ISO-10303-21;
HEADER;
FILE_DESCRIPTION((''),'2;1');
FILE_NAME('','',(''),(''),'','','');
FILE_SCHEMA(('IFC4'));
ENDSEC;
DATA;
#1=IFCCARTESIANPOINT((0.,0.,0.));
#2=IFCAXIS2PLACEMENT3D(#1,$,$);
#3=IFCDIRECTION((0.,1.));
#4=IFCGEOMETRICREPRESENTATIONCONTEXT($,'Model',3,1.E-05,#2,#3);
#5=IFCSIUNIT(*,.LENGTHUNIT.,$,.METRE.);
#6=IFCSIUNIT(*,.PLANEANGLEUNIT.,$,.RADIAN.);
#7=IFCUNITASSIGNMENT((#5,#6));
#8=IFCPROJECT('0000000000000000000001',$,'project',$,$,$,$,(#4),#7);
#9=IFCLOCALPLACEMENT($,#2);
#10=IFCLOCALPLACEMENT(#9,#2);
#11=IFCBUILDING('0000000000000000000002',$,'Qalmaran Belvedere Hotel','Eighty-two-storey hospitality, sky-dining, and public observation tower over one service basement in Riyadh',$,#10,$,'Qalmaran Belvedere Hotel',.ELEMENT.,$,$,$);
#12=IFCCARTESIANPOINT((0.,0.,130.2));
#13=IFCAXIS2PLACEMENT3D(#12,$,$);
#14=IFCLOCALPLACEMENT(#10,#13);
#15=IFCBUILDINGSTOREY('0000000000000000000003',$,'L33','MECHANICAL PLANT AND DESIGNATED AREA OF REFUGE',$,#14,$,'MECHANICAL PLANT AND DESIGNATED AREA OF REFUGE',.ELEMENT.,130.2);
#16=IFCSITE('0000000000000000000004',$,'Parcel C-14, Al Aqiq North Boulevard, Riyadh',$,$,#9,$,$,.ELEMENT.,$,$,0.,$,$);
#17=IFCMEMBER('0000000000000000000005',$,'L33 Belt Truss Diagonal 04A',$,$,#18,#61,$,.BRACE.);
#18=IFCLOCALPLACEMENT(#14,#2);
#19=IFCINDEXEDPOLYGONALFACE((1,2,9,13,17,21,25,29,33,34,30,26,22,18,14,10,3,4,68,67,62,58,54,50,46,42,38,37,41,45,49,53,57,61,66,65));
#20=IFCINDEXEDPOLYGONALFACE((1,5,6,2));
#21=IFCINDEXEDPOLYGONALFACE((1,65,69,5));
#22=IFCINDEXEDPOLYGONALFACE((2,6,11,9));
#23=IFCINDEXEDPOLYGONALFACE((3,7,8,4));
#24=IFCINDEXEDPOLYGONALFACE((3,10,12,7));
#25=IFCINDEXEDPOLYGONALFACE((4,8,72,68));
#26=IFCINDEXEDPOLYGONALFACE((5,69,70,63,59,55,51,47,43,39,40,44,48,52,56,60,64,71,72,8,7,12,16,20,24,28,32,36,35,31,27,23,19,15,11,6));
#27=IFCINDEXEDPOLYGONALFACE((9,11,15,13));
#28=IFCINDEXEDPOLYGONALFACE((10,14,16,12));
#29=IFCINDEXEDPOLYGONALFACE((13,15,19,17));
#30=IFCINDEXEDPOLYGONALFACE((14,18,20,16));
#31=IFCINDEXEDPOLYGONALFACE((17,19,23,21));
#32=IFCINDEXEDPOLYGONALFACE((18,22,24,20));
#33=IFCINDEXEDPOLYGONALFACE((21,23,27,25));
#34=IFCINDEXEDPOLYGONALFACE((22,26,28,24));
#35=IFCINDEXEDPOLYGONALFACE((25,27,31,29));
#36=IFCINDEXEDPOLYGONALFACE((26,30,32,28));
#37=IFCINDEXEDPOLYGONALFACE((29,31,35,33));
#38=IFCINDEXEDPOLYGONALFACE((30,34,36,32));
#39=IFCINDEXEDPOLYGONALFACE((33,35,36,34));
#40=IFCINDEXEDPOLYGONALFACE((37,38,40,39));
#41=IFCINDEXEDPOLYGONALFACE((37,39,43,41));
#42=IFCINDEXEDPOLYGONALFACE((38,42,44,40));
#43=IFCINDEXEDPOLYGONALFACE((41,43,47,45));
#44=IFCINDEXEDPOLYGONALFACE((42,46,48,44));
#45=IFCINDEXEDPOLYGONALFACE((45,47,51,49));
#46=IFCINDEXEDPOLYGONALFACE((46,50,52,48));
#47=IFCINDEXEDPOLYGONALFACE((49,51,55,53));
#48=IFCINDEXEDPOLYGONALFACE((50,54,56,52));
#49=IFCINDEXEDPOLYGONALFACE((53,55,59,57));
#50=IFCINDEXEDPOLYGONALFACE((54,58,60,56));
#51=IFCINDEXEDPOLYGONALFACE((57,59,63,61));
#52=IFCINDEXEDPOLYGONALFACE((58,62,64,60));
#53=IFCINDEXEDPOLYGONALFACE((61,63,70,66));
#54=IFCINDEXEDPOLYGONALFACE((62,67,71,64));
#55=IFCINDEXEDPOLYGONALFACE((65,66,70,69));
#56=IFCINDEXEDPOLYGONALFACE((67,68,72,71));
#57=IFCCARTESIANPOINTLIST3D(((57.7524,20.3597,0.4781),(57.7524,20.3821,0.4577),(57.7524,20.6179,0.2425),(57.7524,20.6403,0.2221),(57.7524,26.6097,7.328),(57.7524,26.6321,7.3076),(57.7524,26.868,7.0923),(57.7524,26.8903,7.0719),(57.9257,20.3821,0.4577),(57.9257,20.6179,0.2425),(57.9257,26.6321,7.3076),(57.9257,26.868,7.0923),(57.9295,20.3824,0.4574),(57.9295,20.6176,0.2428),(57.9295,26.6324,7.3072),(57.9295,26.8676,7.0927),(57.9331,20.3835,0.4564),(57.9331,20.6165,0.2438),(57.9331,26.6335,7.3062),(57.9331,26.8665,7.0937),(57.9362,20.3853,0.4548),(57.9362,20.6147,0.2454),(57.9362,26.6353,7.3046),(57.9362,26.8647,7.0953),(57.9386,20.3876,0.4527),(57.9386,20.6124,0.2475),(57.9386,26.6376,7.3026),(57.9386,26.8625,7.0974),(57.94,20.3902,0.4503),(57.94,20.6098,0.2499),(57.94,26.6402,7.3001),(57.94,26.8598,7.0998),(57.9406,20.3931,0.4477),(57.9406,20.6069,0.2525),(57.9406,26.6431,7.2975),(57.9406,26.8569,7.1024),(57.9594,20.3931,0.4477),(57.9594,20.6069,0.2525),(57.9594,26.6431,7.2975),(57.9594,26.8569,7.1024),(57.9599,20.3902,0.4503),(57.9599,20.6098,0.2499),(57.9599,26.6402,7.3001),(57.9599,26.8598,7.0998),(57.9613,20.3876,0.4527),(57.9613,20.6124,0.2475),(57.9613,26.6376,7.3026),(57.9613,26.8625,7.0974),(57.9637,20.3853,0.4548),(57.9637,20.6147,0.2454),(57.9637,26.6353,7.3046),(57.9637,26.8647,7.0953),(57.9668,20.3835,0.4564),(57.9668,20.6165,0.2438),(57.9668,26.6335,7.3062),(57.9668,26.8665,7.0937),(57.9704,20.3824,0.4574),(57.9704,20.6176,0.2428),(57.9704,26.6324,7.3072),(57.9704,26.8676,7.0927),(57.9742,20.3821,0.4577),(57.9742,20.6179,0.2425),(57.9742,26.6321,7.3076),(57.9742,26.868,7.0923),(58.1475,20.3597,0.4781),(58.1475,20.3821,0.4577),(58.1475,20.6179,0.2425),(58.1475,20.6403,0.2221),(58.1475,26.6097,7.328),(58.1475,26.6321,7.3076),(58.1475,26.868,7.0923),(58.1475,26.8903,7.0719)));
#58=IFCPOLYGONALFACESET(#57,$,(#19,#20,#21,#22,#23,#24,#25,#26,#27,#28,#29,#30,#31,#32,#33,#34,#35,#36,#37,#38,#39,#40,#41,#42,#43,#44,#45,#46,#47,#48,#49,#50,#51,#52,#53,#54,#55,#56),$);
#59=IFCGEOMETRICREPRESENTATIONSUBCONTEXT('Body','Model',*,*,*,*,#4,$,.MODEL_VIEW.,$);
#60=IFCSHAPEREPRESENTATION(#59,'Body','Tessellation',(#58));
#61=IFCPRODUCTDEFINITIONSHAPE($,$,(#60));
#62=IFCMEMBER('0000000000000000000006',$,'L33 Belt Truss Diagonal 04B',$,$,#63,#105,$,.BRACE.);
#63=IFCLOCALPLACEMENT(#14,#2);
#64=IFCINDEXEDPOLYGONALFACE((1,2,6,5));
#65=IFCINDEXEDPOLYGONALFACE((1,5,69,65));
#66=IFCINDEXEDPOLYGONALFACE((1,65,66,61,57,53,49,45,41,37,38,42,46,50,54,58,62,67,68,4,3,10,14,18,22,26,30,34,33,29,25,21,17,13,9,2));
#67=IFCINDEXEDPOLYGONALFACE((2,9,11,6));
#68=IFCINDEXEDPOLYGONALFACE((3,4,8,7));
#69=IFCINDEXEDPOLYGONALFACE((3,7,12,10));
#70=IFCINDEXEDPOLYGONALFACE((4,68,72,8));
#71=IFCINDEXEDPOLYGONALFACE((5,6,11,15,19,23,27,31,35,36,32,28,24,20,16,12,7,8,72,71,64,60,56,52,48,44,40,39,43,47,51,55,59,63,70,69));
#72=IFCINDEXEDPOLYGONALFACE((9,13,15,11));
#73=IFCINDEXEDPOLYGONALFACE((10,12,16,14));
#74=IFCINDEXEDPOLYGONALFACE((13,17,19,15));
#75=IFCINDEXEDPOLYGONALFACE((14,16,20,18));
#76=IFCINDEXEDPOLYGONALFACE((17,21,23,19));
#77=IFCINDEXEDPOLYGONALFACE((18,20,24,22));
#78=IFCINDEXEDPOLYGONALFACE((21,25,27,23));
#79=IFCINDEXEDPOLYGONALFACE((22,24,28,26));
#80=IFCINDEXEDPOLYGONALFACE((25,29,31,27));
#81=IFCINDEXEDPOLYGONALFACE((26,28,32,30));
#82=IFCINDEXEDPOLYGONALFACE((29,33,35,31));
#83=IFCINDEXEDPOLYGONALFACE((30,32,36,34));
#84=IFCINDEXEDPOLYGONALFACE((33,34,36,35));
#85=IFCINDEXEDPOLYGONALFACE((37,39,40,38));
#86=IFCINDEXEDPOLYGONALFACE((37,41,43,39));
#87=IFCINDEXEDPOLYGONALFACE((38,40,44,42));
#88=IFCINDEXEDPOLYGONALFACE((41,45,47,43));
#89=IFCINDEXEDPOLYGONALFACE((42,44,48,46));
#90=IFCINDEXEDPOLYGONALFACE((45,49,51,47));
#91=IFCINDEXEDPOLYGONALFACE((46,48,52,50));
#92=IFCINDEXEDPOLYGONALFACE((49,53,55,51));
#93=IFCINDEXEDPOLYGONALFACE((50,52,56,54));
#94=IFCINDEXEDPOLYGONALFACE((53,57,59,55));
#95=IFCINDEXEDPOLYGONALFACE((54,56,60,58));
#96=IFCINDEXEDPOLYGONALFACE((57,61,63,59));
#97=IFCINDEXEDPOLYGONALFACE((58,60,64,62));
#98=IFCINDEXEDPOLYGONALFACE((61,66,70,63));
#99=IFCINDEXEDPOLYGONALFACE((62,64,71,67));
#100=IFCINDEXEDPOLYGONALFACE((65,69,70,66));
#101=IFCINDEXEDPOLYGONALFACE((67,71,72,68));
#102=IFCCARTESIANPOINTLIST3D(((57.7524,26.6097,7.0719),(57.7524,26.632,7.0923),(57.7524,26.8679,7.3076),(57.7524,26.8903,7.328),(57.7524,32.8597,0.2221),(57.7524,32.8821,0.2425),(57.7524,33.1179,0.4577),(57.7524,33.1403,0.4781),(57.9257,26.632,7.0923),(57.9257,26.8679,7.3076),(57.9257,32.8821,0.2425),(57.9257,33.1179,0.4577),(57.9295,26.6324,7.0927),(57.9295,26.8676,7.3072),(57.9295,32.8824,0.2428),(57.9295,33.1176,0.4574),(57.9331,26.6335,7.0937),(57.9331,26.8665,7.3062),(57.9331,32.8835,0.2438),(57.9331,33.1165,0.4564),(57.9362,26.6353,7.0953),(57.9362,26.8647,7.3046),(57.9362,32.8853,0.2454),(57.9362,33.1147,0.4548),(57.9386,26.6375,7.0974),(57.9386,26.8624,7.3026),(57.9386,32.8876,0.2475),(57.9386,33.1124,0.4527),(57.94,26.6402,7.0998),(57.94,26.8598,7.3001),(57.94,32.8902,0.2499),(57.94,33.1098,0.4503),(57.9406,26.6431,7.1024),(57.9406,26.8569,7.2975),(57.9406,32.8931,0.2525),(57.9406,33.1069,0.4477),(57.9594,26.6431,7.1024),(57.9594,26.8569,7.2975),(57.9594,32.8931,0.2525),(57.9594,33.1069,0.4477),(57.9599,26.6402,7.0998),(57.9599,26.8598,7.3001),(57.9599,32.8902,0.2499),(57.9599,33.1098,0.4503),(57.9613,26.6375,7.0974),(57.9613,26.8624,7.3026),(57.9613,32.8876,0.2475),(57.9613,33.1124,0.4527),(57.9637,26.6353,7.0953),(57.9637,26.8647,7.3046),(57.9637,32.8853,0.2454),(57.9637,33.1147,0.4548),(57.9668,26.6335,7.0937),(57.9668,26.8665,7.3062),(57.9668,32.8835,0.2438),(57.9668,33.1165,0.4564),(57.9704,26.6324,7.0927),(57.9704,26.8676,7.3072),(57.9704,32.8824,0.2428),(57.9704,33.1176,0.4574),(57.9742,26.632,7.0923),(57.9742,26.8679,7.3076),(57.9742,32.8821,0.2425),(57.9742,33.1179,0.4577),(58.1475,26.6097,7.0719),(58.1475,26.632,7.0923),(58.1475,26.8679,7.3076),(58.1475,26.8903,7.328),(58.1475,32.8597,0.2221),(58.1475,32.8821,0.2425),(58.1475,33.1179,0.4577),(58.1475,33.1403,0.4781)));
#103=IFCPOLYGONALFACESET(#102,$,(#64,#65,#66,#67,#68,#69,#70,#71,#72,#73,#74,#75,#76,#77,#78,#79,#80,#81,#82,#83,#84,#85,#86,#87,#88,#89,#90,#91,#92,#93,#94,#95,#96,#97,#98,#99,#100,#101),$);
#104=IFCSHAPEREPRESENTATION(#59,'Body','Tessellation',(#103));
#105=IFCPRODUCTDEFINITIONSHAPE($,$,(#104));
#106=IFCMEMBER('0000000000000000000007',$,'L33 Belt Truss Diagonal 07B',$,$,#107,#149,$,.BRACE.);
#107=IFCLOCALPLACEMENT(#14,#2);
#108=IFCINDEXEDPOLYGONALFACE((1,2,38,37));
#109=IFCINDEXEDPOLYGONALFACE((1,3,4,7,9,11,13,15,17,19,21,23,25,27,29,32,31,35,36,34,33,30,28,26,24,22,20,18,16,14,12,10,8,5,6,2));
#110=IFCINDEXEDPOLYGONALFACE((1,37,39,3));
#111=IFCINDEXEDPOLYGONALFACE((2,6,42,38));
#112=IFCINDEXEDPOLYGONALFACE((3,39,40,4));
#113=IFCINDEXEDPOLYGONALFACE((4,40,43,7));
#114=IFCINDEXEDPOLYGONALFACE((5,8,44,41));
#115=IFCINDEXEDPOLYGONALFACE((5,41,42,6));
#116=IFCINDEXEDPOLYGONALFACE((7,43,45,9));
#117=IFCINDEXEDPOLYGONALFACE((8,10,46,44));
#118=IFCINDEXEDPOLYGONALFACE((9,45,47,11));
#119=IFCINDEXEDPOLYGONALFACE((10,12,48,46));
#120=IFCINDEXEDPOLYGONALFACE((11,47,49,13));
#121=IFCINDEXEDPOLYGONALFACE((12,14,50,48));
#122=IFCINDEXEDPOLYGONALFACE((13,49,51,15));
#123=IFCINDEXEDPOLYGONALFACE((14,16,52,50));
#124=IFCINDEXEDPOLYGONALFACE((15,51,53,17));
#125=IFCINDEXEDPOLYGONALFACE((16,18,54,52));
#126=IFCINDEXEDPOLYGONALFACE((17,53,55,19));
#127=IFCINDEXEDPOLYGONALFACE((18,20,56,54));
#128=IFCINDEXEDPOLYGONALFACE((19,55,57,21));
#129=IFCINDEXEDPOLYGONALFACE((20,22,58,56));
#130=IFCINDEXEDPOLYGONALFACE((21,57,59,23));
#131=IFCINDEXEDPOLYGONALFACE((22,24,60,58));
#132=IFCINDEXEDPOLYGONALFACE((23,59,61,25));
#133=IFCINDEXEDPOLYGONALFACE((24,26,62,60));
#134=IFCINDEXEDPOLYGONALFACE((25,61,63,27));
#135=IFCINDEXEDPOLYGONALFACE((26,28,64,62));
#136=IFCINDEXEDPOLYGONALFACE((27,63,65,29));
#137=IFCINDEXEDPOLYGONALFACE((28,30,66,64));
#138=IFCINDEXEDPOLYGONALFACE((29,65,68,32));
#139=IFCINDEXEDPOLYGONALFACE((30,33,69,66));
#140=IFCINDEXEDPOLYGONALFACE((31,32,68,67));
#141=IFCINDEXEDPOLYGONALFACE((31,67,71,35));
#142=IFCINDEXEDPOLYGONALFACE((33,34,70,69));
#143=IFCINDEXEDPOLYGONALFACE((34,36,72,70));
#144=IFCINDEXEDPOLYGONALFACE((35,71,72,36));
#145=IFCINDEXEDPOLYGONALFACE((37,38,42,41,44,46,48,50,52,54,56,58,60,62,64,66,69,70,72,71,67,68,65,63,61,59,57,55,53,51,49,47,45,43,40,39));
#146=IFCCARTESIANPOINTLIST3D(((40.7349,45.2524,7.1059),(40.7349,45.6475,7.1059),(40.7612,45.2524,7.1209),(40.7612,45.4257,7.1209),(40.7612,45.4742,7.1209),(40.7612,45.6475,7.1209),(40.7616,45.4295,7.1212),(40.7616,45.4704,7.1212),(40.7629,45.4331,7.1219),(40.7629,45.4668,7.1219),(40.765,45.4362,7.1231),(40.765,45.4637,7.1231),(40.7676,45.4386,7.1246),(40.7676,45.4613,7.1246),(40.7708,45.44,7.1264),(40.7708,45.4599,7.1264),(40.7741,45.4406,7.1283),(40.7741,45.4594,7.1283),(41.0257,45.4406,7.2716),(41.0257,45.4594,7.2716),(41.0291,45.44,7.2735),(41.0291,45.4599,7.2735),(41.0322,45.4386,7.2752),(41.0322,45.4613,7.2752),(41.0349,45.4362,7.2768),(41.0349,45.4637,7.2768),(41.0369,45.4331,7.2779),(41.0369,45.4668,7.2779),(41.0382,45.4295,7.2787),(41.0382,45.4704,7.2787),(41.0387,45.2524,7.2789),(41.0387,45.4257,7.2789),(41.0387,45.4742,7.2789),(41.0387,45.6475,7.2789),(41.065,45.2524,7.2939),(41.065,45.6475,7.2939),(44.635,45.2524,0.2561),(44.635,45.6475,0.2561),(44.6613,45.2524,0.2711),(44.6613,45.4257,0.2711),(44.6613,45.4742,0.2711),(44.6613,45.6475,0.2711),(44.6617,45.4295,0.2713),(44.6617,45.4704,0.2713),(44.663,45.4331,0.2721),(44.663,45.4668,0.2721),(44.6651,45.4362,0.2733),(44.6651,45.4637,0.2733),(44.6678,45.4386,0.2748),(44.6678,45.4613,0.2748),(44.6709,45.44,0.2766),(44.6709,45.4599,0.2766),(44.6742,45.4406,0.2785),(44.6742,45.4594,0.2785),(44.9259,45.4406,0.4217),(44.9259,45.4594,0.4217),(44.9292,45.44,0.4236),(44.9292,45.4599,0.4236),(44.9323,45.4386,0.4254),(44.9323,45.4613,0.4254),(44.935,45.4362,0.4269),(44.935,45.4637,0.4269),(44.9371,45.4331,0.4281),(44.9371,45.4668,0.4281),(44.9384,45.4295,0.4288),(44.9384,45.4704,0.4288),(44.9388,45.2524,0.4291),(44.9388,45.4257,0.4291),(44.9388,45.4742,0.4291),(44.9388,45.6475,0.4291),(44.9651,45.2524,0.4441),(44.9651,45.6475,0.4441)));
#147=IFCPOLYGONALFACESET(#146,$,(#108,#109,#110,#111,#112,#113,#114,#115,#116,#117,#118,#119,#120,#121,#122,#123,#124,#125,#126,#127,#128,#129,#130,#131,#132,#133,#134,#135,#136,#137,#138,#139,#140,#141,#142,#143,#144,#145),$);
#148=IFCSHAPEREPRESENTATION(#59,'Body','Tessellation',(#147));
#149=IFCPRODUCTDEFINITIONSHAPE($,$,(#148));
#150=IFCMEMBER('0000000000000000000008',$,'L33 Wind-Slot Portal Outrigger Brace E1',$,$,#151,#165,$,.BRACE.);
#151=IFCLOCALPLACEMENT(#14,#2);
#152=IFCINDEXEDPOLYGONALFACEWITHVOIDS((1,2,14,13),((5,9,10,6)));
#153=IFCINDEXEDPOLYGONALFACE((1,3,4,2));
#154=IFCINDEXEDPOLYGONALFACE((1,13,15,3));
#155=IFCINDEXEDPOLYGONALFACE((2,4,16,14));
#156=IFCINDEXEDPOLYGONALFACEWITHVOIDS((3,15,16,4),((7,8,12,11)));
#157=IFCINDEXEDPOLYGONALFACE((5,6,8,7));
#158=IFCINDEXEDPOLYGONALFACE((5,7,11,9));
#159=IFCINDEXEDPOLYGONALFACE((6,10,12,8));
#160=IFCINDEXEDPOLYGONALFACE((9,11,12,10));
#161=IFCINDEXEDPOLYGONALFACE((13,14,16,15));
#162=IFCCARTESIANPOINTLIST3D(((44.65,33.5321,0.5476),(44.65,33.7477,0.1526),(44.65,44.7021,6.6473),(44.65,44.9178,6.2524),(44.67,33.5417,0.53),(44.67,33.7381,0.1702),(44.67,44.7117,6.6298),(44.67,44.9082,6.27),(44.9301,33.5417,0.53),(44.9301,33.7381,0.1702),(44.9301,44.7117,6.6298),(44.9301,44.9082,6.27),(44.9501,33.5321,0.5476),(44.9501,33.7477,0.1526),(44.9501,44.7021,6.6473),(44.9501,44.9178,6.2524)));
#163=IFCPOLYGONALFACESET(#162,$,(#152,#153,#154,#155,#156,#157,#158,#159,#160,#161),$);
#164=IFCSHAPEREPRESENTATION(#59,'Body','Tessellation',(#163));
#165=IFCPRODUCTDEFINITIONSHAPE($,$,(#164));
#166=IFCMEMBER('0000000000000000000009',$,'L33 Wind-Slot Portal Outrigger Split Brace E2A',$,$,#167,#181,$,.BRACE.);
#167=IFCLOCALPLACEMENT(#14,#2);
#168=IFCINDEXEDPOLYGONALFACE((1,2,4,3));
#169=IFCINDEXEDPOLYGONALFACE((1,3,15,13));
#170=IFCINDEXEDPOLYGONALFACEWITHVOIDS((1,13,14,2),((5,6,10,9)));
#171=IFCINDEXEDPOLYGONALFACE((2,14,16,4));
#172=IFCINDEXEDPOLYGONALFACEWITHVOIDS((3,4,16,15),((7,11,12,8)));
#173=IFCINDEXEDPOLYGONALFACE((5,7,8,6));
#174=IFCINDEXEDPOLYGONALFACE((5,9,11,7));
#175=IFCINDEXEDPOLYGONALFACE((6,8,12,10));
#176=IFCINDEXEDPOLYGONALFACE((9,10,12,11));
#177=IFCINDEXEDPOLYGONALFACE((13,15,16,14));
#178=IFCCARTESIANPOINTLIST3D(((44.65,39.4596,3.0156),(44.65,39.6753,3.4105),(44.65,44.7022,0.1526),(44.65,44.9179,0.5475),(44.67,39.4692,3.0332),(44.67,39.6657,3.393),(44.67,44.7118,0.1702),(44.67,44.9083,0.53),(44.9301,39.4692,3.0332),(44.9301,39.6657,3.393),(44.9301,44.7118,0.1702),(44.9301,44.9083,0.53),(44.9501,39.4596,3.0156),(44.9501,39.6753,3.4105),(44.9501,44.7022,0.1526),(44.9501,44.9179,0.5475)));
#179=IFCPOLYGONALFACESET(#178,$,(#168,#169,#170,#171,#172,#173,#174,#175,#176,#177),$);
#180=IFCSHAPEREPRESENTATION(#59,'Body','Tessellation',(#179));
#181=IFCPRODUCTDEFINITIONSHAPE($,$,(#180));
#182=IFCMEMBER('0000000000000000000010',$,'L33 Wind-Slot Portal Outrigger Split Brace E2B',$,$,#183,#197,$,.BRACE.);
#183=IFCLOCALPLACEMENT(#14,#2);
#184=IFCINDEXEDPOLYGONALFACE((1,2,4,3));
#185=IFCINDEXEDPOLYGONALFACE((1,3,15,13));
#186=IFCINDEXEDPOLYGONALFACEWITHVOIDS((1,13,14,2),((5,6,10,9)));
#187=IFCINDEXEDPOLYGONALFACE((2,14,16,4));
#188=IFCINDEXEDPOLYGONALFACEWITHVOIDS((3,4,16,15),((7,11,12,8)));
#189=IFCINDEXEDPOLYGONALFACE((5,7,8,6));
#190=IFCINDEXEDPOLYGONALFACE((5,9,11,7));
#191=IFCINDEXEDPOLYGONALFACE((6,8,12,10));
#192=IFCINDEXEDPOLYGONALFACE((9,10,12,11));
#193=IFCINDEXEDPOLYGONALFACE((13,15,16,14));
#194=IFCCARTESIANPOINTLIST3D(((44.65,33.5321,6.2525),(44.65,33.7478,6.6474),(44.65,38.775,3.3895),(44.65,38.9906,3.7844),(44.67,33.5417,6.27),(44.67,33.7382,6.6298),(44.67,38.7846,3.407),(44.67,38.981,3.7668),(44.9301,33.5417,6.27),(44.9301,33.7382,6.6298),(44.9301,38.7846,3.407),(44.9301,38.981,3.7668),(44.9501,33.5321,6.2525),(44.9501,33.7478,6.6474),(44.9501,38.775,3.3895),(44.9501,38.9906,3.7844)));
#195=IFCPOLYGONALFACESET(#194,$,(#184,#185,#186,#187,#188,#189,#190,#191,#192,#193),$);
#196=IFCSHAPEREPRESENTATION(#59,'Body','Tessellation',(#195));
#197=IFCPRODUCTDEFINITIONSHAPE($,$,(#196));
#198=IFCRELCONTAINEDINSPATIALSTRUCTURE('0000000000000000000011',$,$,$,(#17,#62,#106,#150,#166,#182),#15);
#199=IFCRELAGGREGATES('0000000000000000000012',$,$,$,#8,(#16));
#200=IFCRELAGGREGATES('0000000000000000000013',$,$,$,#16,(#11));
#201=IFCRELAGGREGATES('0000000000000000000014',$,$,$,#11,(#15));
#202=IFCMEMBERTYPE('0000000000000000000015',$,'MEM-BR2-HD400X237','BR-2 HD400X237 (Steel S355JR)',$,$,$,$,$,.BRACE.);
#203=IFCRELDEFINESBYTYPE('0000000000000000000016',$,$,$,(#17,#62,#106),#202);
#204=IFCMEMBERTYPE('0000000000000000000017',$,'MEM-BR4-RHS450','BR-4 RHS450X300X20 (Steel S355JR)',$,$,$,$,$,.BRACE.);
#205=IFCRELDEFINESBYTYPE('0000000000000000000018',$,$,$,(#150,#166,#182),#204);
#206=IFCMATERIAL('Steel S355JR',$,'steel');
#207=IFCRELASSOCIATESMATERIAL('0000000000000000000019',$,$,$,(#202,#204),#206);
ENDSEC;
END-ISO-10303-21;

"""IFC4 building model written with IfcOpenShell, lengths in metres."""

from ifc_helpers import new_model, si_unit, direction, frame, origin, origin_2d, place, context, subcontext, project, spatial, hollow_rectangle, i_section, extrude, material, material_profile, profile_set, type_object, element, save


model = new_model("IFC4")

# Units and contexts
model_context = context("Model", 3, precision=1e-05, world=origin(), true_north=direction((0.0, 1.0)))
body_context = subcontext(model_context, "Body", "Model", "MODEL_VIEW")
ifc_project = project(units=[si_unit("LENGTHUNIT", "METRE"), si_unit("PLANEANGLEUNIT", "RADIAN")], contexts=[model_context])

# Site, building, storey
site_placement = place(None, origin())
site = spatial("IfcSite", under=ifc_project, at=site_placement, Name="Parcel C-14, Al Aqiq North Boulevard, Riyadh", CompositionType="ELEMENT", RefElevation=0.0)
building_placement = place(site_placement, origin())
building = spatial("IfcBuilding", under=site, at=building_placement, Name="Qalmaran Belvedere Hotel", Description="Eighty-two-storey hospitality, sky-dining, and public observation tower over one service basement in Riyadh", LongName="Qalmaran Belvedere Hotel", CompositionType="ELEMENT")
storey_placement = place(building_placement, frame((0.0, 0.0, 130.2)))
storey = spatial("IfcBuildingStorey", under=building, at=storey_placement, Name="L33", Description="MECHANICAL PLANT AND DESIGNATED AREA OF REFUGE", LongName="MECHANICAL PLANT AND DESIGNATED AREA OF REFUGE", CompositionType="ELEMENT", Elevation=130.2)

# Shared definitions
ifc_material_1 = material(Name="Steel S355JR", Category="steel")

# Members
ifc_material_profile_1 = material_profile(ifc_material_1, i_section(OverallWidth=0.395, OverallDepth=0.3799, WebThickness=0.0188, FlangeThickness=0.0303, FilletRadius=0.0149, at=origin_2d()), Name="HD400X237")
ifc_profile_set_1 = profile_set([ifc_material_profile_1], Name="Steel S355JR")
member_type_1 = type_object("IfcMemberType", Name="MEM-BR2-HD400X237", Description="BR-2 HD400X237 (Steel S355JR)", PredefinedType="BRACE", material=ifc_profile_set_1)
for number, where, z_axis, x_axis, name in (
    (1, (57.95, 20.5, 0.3501), (0.0, 0.674021, 0.738712), (-1.0, 0.0, 0.0), "L33 Belt Truss Diagonal 04A"),
    (2, (57.95, 33.0, 0.3501), (0.0, -0.674021, 0.738712), (1.0, 0.0, 0.0), "L33 Belt Truss Diagonal 04B"),
):
    element("IfcMember", number, at=place(storey_placement, frame(where, z_axis=z_axis, x_axis=x_axis)), inside=storey, type_object=member_type_1, Name=name, PredefinedType="BRACE", context=body_context, shape_type="SweptSolid", body=[
        extrude(i_section(OverallWidth=0.395, OverallDepth=0.3799, WebThickness=0.0188, FlangeThickness=0.0303, FilletRadius=0.0149, at=origin_2d()), origin(), (0.0, 0.0, 1.0), 9.2727),
    ])
member_1_placement = place(storey_placement, frame((44.8, 45.45, 0.3501), z_axis=(-0.494794, 0.0, 0.86901), x_axis=(0.0, -1.0, 0.0)))
element("IfcMember", 3, at=member_1_placement, inside=storey, type_object=member_type_1, Name="L33 Belt Truss Diagonal 07B", PredefinedType="BRACE", context=body_context, shape_type="SweptSolid", body=[
    extrude(i_section(OverallWidth=0.395, OverallDepth=0.3799, WebThickness=0.0188, FlangeThickness=0.0303, FilletRadius=0.0149, at=origin_2d()), origin(), (0.0, 0.0, 1.0), 7.8823),
])
ifc_material_profile_2 = material_profile(ifc_material_1, hollow_rectangle(XDim=0.3, YDim=0.45, WallThickness=0.02, at=origin_2d()), Name="RHS450X300X20")
ifc_profile_set_2 = profile_set([ifc_material_profile_2], Name="Steel S355JR")
member_type_2 = type_object("IfcMemberType", Name="MEM-BR4-RHS450", Description="BR-4 RHS450X300X20 (Steel S355JR)", PredefinedType="BRACE", material=ifc_profile_set_2)
member_2_placement = place(storey_placement, frame((44.8, 33.6399, 0.3501), z_axis=(0.0, 0.877663, 0.479278), x_axis=(-1.0, 0.0, 0.0)))
element("IfcMember", 4, at=member_2_placement, inside=storey, type_object=member_type_2, Name="L33 Wind-Slot Portal Outrigger Brace E1", PredefinedType="BRACE", context=body_context, shape_type="SweptSolid", body=[
    extrude(hollow_rectangle(XDim=0.3, YDim=0.45, WallThickness=0.02, at=origin_2d()), origin(), (0.0, 0.0, 1.0), 12.7271),
])
member_3_placement = place(storey_placement, frame((44.8, 44.8101, 0.3501), z_axis=(0.0, -0.877656, 0.47929), x_axis=(1.0, 0.0, 0.0)))
element("IfcMember", 5, at=member_3_placement, inside=storey, type_object=member_type_2, Name="L33 Wind-Slot Portal Outrigger Split Brace E2A", PredefinedType="BRACE", context=body_context, shape_type="SweptSolid", body=[
    extrude(hollow_rectangle(XDim=0.3, YDim=0.45, WallThickness=0.02, at=origin_2d()), origin(), (0.0, 0.0, 1.0), 5.9734),
])
member_4_placement = place(storey_placement, frame((44.8, 38.8828, 3.5869), z_axis=(0.0, -0.877666, 0.479273), x_axis=(1.0, 0.0, 0.0)))
element("IfcMember", 6, at=member_4_placement, inside=storey, type_object=member_type_2, Name="L33 Wind-Slot Portal Outrigger Split Brace E2B", PredefinedType="BRACE", context=body_context, shape_type="SweptSolid", body=[
    extrude(hollow_rectangle(XDim=0.3, YDim=0.45, WallThickness=0.02, at=origin_2d()), origin(), (0.0, 0.0, 1.0), 5.9736),
])

save(model, "model.ifc")
